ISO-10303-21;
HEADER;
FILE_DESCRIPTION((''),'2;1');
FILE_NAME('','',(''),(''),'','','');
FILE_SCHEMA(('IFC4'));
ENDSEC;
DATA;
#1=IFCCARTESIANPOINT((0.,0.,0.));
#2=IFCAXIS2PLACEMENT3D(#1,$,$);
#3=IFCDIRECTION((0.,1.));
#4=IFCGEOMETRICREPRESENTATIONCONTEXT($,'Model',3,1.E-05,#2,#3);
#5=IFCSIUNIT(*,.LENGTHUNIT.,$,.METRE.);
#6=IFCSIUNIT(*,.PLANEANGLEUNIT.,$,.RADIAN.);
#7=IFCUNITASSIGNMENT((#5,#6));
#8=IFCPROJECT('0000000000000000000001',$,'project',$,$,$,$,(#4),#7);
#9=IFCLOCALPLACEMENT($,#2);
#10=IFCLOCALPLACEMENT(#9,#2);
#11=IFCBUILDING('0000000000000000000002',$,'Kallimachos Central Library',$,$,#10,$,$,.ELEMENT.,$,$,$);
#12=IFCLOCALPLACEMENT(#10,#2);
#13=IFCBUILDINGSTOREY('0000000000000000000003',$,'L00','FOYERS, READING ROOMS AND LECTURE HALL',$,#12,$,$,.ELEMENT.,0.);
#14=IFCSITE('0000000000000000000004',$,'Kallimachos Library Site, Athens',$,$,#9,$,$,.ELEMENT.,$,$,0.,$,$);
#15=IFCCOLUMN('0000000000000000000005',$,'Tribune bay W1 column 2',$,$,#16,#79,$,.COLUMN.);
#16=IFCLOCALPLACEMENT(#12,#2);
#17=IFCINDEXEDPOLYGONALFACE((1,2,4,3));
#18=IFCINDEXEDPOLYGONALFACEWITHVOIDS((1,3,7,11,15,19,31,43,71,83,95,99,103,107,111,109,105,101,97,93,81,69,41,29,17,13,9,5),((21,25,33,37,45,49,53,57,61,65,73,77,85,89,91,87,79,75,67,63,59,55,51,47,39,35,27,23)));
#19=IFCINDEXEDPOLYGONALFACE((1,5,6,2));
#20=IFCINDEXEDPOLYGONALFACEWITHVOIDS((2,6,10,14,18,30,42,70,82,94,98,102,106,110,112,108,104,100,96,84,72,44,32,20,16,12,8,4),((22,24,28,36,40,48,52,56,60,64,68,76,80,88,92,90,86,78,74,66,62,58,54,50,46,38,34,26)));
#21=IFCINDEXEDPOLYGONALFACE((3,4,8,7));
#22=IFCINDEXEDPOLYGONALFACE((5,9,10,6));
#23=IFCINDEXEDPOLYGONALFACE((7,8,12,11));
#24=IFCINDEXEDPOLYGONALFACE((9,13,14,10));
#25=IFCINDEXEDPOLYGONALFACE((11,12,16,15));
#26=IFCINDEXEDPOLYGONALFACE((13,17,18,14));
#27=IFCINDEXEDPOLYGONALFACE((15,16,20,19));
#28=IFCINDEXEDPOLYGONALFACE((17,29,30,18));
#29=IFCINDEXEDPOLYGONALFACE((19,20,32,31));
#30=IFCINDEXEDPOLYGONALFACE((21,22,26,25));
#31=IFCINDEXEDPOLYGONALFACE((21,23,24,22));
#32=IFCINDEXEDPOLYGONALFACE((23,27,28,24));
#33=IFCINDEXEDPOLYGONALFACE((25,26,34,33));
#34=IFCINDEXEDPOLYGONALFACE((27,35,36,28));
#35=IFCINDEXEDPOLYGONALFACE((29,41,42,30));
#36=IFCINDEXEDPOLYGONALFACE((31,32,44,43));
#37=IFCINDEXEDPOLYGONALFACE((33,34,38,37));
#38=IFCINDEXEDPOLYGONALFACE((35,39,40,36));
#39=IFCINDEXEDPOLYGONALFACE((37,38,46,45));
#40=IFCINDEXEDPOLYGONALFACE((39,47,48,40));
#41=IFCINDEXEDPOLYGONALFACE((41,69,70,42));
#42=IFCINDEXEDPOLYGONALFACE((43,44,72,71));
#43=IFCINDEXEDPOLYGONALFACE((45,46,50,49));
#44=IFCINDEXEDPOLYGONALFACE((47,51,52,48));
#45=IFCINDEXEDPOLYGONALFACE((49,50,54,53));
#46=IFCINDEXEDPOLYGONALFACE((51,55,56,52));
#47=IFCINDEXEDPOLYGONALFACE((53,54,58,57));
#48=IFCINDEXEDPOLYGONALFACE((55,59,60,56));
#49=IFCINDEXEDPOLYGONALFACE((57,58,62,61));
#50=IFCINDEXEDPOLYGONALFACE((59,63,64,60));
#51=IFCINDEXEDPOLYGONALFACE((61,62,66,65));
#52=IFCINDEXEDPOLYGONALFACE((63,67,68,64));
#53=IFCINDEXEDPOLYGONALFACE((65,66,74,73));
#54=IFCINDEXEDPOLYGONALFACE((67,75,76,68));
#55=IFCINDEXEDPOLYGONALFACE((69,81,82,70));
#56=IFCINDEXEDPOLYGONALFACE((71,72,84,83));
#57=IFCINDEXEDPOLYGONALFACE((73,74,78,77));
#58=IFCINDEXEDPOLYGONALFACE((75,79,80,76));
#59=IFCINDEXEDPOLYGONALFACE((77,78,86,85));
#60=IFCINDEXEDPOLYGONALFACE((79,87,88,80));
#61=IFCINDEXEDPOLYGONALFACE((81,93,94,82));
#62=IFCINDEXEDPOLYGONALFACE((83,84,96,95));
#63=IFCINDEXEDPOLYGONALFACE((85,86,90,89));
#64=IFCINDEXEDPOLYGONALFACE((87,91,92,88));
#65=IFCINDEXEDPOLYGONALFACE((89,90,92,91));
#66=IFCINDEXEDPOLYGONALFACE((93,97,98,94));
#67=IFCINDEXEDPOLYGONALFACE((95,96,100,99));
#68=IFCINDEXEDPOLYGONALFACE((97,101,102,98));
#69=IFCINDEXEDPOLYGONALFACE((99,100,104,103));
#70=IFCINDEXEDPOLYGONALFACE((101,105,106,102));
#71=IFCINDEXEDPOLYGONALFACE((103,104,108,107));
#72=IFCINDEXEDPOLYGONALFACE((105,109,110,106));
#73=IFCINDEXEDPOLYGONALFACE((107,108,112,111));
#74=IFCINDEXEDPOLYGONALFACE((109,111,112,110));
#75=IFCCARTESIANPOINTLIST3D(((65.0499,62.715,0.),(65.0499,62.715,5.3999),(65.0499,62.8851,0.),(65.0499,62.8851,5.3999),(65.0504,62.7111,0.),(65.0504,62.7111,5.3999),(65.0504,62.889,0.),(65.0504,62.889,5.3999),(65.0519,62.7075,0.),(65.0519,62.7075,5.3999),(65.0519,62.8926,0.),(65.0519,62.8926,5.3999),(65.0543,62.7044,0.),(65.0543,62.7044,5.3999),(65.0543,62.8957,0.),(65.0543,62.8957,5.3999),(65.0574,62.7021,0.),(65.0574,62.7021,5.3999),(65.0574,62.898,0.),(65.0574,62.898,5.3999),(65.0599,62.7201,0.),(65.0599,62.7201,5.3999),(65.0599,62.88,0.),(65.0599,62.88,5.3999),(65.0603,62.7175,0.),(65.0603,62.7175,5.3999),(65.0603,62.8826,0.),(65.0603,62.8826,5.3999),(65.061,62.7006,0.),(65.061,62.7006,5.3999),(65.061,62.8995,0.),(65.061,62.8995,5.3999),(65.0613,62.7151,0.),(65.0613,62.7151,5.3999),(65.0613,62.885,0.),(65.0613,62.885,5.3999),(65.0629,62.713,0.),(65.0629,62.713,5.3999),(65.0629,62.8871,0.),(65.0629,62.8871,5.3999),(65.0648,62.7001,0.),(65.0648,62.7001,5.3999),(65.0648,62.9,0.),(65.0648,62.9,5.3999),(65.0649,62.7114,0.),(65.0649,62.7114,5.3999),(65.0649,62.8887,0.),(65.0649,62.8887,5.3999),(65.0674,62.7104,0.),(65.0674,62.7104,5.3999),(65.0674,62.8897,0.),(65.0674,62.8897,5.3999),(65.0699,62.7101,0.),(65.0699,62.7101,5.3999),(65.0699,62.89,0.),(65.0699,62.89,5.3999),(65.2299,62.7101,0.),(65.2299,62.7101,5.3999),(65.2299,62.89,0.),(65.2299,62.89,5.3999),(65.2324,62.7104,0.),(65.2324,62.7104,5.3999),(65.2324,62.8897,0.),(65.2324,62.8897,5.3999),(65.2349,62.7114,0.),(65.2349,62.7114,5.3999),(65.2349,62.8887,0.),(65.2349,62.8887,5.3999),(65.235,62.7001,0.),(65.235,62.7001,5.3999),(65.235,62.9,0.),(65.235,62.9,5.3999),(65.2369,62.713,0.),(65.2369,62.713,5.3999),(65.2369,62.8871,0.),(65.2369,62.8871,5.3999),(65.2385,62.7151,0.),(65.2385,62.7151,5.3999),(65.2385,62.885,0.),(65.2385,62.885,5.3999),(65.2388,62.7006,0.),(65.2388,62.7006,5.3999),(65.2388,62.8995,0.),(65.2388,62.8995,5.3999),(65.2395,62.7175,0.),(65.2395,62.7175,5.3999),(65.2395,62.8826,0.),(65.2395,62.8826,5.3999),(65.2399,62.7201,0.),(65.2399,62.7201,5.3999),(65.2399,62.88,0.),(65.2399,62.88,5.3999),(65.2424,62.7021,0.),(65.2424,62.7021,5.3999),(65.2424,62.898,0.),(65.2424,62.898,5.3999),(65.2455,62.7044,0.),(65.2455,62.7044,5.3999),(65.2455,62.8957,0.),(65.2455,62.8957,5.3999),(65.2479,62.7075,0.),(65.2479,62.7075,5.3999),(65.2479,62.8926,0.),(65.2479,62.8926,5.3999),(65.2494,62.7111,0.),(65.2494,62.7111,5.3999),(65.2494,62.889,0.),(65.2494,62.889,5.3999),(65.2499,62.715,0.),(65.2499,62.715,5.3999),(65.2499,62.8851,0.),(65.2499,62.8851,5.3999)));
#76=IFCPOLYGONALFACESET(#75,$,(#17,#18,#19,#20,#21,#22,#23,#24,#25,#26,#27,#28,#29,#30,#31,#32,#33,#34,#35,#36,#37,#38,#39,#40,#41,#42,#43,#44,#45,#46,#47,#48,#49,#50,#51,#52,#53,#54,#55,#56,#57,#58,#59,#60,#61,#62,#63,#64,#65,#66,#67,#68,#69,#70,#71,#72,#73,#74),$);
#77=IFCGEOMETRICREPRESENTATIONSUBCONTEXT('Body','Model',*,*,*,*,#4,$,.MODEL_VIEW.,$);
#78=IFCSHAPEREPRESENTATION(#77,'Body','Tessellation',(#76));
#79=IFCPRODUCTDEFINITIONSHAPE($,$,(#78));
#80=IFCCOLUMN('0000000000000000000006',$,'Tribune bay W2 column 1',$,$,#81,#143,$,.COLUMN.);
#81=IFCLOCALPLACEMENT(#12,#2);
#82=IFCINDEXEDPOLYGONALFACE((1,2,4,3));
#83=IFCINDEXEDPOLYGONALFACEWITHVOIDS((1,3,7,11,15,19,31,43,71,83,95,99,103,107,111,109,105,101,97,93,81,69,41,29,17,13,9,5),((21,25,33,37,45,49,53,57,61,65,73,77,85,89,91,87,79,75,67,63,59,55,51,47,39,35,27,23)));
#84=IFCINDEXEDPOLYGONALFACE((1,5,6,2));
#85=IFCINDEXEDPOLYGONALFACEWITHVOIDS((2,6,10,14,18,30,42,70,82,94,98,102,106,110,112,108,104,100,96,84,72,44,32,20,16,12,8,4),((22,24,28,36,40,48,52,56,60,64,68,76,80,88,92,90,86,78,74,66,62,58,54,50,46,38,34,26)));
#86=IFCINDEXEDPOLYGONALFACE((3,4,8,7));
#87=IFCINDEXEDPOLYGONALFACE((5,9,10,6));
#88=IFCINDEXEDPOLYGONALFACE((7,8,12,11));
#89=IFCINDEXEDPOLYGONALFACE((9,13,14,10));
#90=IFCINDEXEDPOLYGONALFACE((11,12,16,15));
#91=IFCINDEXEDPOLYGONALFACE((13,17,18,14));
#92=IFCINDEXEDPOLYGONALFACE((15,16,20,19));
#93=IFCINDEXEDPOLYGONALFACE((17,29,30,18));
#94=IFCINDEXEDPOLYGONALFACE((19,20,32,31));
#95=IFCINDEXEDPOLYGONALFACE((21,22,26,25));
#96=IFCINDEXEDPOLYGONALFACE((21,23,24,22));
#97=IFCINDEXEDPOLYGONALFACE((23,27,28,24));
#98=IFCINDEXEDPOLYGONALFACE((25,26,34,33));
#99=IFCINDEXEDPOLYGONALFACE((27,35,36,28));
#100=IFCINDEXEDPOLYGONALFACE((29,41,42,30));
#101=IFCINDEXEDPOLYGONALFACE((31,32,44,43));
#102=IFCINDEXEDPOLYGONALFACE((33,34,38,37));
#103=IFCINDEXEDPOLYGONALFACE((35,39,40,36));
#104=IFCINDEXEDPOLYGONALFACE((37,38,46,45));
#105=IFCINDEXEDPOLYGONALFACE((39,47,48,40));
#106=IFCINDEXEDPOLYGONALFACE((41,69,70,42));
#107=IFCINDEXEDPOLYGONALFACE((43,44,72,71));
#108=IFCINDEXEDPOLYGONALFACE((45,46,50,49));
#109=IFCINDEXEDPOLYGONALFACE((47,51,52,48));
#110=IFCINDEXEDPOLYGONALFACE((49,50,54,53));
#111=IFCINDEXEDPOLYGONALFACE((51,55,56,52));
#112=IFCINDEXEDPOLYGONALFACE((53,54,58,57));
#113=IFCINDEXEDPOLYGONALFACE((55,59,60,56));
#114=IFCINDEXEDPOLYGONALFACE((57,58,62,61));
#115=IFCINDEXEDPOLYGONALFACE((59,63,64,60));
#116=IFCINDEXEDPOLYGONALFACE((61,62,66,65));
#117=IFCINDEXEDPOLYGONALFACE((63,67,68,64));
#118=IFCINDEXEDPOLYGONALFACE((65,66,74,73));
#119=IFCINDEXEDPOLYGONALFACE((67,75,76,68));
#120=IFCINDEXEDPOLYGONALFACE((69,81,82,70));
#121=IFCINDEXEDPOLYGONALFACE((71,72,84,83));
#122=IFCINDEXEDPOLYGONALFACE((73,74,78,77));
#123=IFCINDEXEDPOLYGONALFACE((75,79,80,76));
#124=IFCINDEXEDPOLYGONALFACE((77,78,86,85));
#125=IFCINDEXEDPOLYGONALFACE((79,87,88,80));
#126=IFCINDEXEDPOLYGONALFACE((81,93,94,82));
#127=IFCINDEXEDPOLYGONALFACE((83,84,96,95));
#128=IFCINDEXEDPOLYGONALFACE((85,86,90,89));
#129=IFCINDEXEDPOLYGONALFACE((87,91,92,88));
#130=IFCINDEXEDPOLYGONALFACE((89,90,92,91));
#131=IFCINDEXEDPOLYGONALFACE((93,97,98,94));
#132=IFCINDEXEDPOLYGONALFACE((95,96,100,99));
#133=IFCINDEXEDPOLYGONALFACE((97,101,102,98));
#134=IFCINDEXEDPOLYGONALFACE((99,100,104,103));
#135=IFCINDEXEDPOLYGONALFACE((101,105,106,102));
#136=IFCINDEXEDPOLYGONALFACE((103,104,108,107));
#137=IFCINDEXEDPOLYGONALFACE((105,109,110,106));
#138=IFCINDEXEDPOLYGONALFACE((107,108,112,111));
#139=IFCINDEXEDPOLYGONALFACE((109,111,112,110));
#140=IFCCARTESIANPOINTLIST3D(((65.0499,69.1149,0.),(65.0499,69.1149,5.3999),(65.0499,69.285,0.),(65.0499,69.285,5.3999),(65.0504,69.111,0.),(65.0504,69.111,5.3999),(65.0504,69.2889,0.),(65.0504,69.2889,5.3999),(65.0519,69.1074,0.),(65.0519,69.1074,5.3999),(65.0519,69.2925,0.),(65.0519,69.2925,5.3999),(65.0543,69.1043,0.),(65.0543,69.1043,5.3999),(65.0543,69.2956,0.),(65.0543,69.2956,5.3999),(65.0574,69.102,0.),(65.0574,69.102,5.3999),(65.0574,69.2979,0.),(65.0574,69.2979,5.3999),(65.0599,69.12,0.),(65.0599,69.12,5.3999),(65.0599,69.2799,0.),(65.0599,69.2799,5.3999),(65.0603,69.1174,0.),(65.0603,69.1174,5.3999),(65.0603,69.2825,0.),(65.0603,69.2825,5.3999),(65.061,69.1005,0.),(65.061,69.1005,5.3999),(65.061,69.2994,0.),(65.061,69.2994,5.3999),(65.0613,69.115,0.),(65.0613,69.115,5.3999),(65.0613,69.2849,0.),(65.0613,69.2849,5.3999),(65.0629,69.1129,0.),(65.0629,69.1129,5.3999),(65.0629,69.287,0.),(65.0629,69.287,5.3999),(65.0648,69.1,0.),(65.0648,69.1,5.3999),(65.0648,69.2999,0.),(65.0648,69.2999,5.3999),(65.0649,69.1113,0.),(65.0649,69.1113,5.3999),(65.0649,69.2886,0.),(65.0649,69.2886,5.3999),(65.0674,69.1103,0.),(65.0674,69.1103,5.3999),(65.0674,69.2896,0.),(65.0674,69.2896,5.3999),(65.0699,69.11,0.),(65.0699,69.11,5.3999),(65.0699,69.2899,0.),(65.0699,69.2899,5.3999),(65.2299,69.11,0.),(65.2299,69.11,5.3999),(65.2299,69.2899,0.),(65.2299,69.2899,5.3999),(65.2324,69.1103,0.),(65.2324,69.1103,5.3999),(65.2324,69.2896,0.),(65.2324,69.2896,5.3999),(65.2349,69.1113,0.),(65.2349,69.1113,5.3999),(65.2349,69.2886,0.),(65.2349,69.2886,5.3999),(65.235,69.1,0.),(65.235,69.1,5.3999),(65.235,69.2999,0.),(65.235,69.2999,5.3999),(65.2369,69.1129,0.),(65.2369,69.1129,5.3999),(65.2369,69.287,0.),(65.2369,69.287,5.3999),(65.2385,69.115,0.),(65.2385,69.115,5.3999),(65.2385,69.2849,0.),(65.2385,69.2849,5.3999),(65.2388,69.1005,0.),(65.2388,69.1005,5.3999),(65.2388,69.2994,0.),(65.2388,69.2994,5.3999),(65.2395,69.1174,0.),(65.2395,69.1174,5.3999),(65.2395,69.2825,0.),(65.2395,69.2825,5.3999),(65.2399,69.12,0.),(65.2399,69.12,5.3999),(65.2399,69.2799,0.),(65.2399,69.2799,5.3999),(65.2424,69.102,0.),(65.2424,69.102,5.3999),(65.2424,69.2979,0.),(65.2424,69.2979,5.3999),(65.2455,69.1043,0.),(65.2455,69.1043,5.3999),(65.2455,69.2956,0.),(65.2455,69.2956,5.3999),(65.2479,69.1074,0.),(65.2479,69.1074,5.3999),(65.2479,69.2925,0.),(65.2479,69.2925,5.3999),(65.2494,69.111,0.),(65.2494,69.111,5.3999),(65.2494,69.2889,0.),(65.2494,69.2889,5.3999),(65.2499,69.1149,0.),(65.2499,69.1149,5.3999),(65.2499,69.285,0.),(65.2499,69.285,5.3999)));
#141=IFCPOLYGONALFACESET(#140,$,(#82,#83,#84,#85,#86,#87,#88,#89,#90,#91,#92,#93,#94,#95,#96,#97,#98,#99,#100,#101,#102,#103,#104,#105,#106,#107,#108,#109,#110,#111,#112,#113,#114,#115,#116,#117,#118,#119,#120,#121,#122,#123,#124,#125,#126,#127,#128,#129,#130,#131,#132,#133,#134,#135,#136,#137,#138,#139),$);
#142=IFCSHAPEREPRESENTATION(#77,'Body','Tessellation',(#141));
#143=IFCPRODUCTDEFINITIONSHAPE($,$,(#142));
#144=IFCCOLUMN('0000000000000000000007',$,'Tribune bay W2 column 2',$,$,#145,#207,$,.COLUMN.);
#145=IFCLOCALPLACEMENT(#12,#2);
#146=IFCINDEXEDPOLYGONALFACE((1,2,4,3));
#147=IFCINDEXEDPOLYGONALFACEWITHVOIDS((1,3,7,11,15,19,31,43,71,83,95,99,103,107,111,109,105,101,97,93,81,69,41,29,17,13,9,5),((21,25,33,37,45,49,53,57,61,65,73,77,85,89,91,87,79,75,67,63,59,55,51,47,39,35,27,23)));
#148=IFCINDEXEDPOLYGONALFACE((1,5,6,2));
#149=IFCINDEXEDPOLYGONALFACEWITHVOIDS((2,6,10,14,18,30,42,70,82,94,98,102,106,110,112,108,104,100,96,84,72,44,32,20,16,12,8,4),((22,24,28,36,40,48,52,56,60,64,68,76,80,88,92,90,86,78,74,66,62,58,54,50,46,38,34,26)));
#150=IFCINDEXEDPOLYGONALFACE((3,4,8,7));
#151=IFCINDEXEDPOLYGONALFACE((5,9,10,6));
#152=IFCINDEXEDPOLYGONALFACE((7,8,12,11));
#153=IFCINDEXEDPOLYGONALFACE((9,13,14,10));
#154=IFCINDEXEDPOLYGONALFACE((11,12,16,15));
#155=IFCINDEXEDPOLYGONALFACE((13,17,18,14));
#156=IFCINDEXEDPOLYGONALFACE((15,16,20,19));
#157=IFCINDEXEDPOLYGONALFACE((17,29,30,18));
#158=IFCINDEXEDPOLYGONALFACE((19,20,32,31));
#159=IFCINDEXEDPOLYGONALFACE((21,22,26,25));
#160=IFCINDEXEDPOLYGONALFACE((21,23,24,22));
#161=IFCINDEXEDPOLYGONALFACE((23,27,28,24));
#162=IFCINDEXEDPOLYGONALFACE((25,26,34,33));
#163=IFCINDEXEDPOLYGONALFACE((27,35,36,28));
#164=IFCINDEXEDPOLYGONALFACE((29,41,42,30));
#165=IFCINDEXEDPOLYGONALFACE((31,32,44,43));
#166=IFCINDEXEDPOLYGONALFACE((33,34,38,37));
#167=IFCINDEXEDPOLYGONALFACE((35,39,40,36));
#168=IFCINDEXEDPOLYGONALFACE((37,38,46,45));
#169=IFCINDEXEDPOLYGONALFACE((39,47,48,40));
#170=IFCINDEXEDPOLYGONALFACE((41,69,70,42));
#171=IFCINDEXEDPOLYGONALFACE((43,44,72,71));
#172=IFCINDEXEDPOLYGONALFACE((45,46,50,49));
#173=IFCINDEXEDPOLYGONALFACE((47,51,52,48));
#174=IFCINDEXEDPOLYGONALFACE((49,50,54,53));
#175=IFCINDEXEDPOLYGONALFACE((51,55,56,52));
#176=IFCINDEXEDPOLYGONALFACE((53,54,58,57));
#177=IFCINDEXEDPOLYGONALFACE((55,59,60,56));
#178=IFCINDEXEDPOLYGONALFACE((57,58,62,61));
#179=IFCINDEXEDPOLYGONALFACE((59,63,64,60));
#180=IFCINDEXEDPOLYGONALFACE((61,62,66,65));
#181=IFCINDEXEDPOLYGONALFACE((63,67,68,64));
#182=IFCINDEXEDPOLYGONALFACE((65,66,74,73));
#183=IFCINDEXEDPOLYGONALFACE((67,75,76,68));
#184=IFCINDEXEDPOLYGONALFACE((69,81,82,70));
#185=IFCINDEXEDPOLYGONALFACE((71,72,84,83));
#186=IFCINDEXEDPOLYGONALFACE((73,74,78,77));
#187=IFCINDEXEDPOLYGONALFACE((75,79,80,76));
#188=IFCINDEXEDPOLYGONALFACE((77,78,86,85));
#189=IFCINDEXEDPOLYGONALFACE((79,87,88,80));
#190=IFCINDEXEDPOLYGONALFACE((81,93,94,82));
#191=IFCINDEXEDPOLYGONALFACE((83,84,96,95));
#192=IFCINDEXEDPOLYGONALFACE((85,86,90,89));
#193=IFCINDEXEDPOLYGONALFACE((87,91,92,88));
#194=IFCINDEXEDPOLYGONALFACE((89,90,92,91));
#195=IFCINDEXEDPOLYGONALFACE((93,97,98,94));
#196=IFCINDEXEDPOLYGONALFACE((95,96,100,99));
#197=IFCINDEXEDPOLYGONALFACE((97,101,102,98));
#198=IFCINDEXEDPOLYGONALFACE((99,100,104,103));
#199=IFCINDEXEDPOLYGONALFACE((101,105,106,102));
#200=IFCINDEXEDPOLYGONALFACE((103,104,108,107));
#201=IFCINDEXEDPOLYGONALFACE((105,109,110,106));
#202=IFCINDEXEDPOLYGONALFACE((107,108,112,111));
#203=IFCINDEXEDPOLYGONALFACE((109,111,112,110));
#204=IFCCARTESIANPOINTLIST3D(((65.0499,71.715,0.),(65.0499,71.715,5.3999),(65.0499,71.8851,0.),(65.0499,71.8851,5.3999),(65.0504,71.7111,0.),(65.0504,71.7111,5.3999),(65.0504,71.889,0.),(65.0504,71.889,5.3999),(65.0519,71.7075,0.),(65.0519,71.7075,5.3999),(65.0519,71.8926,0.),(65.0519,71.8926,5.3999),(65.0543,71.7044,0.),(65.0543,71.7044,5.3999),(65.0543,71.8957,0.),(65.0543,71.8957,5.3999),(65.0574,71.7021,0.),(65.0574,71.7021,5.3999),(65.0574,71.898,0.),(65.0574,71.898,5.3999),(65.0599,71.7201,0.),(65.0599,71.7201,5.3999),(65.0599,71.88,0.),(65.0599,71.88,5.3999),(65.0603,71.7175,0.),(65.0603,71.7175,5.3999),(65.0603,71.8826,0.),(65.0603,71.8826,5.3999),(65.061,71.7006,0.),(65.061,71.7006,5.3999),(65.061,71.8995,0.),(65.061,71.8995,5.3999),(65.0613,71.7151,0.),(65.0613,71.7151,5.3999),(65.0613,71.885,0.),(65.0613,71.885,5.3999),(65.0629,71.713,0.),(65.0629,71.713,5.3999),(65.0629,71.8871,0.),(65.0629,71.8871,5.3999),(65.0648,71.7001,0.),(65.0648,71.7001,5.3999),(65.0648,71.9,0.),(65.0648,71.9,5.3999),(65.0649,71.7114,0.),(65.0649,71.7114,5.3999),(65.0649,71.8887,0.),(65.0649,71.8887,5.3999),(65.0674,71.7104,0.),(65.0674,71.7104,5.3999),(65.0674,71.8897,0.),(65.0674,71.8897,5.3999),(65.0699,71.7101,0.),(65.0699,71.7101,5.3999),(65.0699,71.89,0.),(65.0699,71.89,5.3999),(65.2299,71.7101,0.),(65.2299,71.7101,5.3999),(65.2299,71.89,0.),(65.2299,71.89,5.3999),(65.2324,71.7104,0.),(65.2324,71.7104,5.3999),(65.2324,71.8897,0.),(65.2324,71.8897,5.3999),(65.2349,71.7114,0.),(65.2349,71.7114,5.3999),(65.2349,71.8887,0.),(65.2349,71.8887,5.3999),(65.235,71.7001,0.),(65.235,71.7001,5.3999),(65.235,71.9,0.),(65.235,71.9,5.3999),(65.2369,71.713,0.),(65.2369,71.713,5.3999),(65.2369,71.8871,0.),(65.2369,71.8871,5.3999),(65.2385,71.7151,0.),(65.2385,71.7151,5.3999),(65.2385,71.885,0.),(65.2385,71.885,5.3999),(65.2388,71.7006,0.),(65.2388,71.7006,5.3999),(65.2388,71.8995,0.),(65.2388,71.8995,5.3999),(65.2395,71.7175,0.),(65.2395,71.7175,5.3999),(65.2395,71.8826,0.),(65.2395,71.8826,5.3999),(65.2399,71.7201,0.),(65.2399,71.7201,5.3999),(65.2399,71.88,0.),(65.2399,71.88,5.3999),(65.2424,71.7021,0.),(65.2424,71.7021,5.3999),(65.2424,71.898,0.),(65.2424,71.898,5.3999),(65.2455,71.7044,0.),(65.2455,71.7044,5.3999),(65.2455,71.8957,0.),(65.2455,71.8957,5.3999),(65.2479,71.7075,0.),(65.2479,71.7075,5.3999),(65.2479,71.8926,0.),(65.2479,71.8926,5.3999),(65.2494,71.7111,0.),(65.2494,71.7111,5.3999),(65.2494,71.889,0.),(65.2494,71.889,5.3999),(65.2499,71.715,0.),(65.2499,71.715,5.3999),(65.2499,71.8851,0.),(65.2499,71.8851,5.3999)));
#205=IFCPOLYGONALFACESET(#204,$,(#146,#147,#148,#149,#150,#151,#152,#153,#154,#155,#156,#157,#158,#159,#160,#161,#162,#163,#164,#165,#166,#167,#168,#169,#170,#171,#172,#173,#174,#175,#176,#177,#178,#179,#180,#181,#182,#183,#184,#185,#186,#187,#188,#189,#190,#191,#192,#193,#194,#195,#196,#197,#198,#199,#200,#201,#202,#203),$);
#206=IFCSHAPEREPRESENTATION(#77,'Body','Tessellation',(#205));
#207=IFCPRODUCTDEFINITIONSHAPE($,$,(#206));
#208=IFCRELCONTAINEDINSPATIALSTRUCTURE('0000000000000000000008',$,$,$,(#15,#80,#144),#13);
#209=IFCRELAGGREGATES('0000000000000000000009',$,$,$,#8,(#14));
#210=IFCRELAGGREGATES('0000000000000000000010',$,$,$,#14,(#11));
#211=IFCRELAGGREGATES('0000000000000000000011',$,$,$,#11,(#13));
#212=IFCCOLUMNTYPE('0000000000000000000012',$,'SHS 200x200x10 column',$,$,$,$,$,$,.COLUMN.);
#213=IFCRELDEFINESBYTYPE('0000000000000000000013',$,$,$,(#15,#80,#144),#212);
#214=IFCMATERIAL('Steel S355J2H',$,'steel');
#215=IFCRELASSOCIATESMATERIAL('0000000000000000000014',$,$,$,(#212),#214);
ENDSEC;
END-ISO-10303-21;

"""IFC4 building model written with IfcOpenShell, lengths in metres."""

from ifc_helpers import new_model, si_unit, direction, frame, origin, origin_2d, place, context, subcontext, project, spatial, hollow_rectangle, extrude, material, material_profile, profile_set, type_object, element, save


model = new_model("IFC4")

# Units and contexts
model_context = context("Model", 3, precision=1e-05, world=origin(), true_north=direction((0.0, 1.0)))
body_context = subcontext(model_context, "Body", "Model", "MODEL_VIEW")
ifc_project = project(units=[si_unit("LENGTHUNIT", "METRE"), si_unit("PLANEANGLEUNIT", "RADIAN")], contexts=[model_context])

# Site, building, storey
site_placement = place(None, origin())
site = spatial("IfcSite", under=ifc_project, at=site_placement, Name="Kallimachos Library Site, Athens", CompositionType="ELEMENT", RefElevation=0.0)
building_placement = place(site_placement, origin())
building = spatial("IfcBuilding", under=site, at=building_placement, Name="Kallimachos Central Library", CompositionType="ELEMENT")
storey_placement = place(building_placement, origin())
storey = spatial("IfcBuildingStorey", under=building, at=storey_placement, Name="L00", Description="FOYERS, READING ROOMS AND LECTURE HALL", CompositionType="ELEMENT", Elevation=0.0)

# Columns
ifc_material_1 = material(Name="Steel S355J2H", Category="steel")
ifc_material_profile = material_profile(ifc_material_1, hollow_rectangle(XDim=0.2, YDim=0.2, WallThickness=0.01, InnerFilletRadius=0.01, OuterFilletRadius=0.0149, at=origin_2d()), Name="SHS 200x200x10")
ifc_profile_set = profile_set([ifc_material_profile], Name="Steel S355J2H")
column_type = type_object("IfcColumnType", Name="SHS 200x200x10 column", PredefinedType="COLUMN", material=ifc_profile_set)
for number, where, z_axis, x_axis, name in (
    (1, (65.1499, 62.8, 0.0), (0.0, 0.0, 1.0), (1.0, 0.0, 0.0), "Tribune bay W1 column 2"),
    (2, (65.1499, 69.2, 0.0), (0.0, 0.0, 1.0), (1.0, 0.0, 0.0), "Tribune bay W2 column 1"),
    (3, (65.1499, 71.8, 0.0), (0.0, 0.0, 1.0), (1.0, 0.0, 0.0), "Tribune bay W2 column 2"),
):
    element("IfcColumn", number, at=place(storey_placement, frame(where, z_axis=z_axis, x_axis=x_axis)), inside=storey, type_object=column_type, Name=name, PredefinedType="COLUMN", context=body_context, shape_type="SweptSolid", body=[
        extrude(hollow_rectangle(XDim=0.2, YDim=0.2, WallThickness=0.01, InnerFilletRadius=0.01, OuterFilletRadius=0.0149, at=origin_2d()), origin(), (0.0, 0.0, 1.0), 5.3999),
    ])

save(model, "model.ifc")
